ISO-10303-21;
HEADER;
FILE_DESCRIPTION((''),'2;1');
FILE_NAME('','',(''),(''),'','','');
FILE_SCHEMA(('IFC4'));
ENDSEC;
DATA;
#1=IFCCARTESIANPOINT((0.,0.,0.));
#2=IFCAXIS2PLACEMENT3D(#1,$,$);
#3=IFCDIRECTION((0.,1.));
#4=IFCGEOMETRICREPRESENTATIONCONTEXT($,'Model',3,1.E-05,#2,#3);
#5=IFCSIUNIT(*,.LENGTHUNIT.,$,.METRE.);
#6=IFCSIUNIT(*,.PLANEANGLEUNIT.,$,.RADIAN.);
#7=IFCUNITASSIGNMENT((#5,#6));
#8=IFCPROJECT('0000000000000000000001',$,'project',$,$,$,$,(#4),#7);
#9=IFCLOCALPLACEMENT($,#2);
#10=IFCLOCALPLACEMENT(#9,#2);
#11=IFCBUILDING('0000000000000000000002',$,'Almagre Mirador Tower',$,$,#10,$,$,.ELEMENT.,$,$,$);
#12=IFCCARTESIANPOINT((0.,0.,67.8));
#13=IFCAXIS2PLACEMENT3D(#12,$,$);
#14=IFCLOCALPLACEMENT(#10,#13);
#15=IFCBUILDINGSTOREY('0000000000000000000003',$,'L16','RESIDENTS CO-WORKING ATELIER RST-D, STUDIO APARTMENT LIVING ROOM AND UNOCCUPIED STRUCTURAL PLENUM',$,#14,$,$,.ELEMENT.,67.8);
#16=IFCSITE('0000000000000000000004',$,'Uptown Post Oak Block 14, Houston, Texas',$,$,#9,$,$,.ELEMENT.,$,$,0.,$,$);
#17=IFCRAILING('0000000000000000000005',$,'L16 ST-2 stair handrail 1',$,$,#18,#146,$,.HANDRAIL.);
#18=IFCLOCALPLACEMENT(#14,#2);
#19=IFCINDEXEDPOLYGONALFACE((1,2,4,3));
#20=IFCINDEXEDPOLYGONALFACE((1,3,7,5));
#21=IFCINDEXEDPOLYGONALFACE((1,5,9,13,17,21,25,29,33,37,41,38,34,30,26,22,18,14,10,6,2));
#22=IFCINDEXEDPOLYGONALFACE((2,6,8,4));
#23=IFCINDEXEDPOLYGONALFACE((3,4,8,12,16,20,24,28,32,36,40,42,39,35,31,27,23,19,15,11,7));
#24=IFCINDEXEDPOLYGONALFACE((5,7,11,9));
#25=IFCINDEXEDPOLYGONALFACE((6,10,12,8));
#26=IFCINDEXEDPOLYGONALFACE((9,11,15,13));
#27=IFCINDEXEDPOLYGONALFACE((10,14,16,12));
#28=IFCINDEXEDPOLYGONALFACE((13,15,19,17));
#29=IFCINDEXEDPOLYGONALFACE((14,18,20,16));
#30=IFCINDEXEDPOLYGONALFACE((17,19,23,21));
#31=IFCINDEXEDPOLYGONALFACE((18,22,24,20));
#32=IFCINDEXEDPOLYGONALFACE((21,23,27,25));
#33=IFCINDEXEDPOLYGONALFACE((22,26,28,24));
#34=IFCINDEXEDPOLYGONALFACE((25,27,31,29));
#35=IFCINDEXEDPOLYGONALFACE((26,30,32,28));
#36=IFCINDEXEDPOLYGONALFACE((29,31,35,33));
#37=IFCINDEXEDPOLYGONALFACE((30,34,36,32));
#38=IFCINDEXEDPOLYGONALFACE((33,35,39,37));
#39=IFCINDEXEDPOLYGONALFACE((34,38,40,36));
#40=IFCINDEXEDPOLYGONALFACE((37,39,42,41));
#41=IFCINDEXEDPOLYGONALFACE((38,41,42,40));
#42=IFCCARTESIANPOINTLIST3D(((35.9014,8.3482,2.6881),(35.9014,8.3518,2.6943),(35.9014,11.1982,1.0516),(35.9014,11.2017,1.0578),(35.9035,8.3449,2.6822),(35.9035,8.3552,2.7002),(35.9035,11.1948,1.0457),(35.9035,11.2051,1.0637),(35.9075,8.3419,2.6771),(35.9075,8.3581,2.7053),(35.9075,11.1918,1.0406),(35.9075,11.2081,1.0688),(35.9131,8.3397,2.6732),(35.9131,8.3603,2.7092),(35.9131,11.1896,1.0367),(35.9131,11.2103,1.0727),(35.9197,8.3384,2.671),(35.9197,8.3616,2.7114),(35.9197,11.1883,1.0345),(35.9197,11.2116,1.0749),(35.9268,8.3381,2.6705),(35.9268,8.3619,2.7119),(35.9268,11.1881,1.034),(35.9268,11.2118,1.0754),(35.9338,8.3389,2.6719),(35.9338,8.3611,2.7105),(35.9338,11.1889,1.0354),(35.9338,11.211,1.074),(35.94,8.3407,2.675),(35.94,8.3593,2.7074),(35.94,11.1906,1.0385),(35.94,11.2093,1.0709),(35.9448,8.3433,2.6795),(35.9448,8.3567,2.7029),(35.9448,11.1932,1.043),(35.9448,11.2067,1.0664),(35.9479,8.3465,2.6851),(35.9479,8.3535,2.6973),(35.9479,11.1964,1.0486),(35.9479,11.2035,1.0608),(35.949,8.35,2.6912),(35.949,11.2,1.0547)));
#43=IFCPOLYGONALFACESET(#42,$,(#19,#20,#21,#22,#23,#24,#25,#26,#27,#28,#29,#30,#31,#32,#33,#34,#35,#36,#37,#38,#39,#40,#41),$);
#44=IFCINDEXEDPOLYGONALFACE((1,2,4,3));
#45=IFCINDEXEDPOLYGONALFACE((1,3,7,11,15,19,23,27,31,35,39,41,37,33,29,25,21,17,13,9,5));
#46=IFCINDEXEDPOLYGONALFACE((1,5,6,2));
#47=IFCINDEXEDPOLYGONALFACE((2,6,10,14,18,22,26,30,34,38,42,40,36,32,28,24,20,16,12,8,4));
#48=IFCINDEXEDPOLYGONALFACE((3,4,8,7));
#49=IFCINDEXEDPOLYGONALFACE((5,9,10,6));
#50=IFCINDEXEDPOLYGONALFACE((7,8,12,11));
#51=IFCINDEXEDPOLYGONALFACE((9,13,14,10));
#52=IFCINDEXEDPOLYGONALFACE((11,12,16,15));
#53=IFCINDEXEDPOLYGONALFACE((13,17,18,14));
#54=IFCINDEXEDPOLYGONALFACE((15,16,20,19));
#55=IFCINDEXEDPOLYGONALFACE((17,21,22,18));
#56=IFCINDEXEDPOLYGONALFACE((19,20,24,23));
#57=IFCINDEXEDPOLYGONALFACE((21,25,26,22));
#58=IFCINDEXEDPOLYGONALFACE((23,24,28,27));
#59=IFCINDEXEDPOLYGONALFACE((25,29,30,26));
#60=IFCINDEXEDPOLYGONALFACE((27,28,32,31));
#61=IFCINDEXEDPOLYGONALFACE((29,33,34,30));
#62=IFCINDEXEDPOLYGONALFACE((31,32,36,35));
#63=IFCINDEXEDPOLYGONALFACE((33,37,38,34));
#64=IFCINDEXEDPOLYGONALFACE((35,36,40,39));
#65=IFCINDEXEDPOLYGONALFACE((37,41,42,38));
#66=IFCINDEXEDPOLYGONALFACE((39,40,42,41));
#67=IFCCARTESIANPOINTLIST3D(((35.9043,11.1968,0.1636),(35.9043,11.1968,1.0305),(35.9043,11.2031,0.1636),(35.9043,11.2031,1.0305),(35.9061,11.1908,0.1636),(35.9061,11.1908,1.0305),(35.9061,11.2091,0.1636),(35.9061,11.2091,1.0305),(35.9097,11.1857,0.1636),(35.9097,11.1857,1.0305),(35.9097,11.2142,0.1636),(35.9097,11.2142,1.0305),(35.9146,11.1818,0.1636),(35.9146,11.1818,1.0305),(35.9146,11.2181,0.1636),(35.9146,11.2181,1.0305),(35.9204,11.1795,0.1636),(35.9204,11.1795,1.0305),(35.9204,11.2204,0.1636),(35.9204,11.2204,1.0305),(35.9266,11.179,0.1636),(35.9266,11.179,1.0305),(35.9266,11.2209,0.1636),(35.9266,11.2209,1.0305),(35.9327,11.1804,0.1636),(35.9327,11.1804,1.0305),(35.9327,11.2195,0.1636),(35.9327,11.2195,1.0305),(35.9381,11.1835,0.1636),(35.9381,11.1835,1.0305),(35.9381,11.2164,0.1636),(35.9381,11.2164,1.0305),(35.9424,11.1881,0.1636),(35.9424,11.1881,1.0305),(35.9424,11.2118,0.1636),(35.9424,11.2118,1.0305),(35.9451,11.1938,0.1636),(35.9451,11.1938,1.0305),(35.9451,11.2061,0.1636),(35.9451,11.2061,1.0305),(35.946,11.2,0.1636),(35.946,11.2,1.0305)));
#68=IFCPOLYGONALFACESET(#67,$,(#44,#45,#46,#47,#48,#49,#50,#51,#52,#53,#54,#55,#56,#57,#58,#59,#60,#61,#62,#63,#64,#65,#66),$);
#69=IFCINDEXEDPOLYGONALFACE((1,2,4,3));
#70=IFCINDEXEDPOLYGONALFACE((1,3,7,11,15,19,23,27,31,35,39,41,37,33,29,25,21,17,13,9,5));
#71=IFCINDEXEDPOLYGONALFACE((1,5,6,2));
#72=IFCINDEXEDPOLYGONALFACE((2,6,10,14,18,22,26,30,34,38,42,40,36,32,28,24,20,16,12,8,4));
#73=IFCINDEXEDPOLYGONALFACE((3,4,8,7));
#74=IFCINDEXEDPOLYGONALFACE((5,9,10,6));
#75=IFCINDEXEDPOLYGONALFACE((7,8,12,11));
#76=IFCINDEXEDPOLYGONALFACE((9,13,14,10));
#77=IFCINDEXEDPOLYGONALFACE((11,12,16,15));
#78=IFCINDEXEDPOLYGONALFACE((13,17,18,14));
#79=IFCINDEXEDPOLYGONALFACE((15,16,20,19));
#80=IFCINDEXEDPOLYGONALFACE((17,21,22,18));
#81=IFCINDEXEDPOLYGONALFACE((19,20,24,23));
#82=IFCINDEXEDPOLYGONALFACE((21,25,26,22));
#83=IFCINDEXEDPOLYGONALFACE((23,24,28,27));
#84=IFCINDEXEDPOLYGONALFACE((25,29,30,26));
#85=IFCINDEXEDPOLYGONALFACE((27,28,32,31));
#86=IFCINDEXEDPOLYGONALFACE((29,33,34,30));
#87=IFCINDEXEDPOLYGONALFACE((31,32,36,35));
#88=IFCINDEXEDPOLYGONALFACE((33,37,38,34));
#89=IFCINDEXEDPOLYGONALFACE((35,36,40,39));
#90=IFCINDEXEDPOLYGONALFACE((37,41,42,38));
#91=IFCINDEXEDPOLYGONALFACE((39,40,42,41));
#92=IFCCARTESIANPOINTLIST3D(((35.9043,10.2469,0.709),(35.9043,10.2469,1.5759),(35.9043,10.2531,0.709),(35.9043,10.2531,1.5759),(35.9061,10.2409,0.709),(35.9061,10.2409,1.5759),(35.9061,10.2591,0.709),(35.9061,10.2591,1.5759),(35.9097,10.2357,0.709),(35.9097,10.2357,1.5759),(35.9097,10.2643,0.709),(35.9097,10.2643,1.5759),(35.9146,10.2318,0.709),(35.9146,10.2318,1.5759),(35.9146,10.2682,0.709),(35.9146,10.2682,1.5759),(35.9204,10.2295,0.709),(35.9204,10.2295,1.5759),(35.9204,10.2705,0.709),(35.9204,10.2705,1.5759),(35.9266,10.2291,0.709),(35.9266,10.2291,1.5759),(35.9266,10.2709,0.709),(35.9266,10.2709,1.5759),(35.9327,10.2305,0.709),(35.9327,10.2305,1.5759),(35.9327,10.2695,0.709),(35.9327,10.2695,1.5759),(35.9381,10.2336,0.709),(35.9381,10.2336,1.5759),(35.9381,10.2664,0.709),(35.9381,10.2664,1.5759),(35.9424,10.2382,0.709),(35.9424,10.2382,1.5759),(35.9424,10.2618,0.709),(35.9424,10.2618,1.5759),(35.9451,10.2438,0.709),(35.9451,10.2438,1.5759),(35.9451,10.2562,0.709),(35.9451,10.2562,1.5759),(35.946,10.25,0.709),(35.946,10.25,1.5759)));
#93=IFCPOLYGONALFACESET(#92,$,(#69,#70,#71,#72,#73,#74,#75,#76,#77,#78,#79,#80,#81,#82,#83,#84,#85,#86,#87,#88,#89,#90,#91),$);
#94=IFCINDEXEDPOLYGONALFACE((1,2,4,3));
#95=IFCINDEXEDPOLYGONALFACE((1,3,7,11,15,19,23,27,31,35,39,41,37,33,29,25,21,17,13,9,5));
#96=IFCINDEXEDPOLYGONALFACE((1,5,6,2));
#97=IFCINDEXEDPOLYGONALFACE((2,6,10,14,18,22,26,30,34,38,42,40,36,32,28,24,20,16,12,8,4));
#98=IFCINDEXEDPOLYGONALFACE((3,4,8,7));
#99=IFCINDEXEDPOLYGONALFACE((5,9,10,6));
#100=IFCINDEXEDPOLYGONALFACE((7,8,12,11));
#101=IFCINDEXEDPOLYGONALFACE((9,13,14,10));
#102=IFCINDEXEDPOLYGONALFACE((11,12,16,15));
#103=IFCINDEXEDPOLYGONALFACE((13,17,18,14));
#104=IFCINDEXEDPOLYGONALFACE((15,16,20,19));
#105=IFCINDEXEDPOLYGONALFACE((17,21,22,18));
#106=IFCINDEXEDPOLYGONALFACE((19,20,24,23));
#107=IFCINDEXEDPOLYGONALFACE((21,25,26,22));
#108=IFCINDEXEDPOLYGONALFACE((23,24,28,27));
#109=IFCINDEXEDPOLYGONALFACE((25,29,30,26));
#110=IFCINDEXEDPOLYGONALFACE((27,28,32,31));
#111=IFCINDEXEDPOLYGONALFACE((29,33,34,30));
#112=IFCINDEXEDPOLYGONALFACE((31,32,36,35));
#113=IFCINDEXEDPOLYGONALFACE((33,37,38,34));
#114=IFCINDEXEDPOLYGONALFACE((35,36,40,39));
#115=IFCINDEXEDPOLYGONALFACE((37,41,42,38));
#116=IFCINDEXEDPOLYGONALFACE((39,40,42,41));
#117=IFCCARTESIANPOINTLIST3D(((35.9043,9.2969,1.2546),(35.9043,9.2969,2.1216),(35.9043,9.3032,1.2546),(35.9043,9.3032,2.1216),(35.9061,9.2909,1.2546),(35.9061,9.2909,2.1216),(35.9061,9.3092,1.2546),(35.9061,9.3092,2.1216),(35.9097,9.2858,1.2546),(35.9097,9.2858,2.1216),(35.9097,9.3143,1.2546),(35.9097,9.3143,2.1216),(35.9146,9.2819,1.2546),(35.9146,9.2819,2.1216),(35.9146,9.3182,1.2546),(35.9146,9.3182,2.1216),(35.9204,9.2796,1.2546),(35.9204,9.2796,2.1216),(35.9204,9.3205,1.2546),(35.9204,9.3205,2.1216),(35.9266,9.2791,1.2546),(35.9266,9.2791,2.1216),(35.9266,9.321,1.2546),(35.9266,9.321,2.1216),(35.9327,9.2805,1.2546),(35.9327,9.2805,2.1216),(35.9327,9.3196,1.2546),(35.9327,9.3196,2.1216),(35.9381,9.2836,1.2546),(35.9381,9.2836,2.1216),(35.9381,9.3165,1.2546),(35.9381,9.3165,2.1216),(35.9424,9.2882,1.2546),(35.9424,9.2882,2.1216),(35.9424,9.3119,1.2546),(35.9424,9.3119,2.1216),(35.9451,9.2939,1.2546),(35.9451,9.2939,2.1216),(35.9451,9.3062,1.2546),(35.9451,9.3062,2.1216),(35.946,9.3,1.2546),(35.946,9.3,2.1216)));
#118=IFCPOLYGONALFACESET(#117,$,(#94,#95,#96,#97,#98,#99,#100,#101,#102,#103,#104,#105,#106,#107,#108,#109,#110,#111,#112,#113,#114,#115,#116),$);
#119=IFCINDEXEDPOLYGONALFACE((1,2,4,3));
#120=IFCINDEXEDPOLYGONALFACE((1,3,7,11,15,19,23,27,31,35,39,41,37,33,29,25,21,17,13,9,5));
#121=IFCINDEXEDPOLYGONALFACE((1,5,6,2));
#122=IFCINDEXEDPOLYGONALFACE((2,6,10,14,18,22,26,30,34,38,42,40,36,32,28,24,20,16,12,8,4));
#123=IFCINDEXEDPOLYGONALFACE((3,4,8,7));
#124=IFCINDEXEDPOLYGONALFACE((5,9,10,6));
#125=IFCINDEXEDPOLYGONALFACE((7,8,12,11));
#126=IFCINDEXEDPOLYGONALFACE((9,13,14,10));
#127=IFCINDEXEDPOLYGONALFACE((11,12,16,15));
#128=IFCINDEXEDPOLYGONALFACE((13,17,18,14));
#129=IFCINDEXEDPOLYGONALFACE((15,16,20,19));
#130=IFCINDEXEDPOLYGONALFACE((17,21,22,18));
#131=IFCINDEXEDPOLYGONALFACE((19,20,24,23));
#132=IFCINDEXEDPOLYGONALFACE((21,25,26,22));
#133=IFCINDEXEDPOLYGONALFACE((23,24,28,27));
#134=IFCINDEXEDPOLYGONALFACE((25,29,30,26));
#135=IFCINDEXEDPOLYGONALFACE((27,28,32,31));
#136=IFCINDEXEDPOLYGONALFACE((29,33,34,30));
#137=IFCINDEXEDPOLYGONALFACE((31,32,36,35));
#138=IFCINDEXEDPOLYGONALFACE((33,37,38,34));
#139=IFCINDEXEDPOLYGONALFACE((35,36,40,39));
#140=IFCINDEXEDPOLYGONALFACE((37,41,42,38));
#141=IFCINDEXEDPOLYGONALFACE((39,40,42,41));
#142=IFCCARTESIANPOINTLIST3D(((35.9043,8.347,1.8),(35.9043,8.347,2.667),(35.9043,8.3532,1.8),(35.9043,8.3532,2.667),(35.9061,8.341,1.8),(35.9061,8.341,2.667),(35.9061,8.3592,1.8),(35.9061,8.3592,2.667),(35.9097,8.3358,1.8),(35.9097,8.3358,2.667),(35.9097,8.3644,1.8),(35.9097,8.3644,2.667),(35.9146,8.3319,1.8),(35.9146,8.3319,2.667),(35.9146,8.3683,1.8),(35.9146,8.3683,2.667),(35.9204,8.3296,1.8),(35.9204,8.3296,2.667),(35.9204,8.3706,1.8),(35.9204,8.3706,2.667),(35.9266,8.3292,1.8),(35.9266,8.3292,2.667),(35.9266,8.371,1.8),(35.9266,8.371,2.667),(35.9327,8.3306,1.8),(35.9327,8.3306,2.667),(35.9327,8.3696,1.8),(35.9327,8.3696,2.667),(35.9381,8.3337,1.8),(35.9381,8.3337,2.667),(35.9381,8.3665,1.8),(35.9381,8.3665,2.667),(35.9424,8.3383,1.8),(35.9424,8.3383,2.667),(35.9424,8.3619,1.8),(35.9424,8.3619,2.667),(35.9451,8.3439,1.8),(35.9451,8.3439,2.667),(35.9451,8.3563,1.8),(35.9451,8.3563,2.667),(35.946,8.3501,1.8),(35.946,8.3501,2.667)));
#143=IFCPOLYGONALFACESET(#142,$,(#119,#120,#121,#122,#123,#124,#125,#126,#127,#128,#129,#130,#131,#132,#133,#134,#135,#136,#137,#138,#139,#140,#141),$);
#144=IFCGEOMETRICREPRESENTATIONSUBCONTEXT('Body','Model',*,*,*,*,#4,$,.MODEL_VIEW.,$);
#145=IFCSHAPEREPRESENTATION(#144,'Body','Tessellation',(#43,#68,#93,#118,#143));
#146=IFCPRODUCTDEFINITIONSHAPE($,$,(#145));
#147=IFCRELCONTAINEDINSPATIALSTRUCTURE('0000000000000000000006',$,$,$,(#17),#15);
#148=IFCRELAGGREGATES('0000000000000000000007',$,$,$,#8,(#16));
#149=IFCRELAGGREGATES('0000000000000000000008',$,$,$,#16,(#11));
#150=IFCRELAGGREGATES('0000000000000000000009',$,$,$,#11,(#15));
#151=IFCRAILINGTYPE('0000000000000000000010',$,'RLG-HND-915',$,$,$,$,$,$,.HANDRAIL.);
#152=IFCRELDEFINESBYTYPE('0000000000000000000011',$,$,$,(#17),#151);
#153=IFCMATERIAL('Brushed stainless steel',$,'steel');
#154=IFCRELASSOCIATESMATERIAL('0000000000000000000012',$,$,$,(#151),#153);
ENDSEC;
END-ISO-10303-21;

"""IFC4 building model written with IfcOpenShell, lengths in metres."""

from ifc_helpers import new_model, si_unit, direction, frame, origin, origin_2d, place, context, subcontext, project, spatial, circle, extrude, material, type_object, element, save


model = new_model("IFC4")

# Units and contexts
model_context = context("Model", 3, precision=1e-05, world=origin(), true_north=direction((0.0, 1.0)))
body_context = subcontext(model_context, "Body", "Model", "MODEL_VIEW")
ifc_project = project(units=[si_unit("LENGTHUNIT", "METRE"), si_unit("PLANEANGLEUNIT", "RADIAN")], contexts=[model_context])

# Site, building, storey
site_placement = place(None, origin())
site = spatial("IfcSite", under=ifc_project, at=site_placement, Name="Uptown Post Oak Block 14, Houston, Texas", CompositionType="ELEMENT", RefElevation=0.0)
building_placement = place(site_placement, origin())
building = spatial("IfcBuilding", under=site, at=building_placement, Name="Almagre Mirador Tower", CompositionType="ELEMENT")
storey_placement = place(building_placement, frame((0.0, 0.0, 67.8)))
storey = spatial("IfcBuildingStorey", under=building, at=storey_placement, Name="L16", Description="RESIDENTS CO-WORKING ATELIER RST-D, STUDIO APARTMENT LIVING ROOM AND UNOCCUPIED STRUCTURAL PLENUM", CompositionType="ELEMENT", Elevation=67.8)

# Railing
ifc_material_1 = material(Name="Brushed stainless steel", Category="steel")
railing_type_1 = type_object("IfcRailingType", Name="RLG-HND-915", PredefinedType="HANDRAIL", material=ifc_material_1)
railing_1_placement = place(storey_placement, frame((35.925, 11.2, 0.1636)))
element("IfcRailing", 1, at=railing_1_placement, inside=storey, type_object=railing_type_1, Name="L16 ST-2 stair handrail 1", PredefinedType="HANDRAIL", context=body_context, shape_type="SweptSolid", body=[
    extrude(circle(Radius=0.0239, at=origin_2d()), frame((0.0, 0.0, 0.8911), z_axis=(0.0, -0.867194, 0.49797), x_axis=(1.0, 0.0, 0.0)), (0.0, 0.0, 1.0), 3.2864),
    extrude(circle(Radius=0.021, at=origin_2d()), origin(), (0.0, 0.0, 1.0), 0.8669),
    extrude(circle(Radius=0.021, at=origin_2d()), frame((0.0, -0.95, 0.5454)), (0.0, 0.0, 1.0), 0.8669),
    extrude(circle(Radius=0.021, at=origin_2d()), frame((0.0, -1.8999, 1.0911)), (0.0, 0.0, 1.0), 0.8669),
    extrude(circle(Radius=0.021, at=origin_2d()), frame((0.0, -2.8499, 1.6365)), (0.0, 0.0, 1.0), 0.8669),
])

save(model, "model.ifc")
